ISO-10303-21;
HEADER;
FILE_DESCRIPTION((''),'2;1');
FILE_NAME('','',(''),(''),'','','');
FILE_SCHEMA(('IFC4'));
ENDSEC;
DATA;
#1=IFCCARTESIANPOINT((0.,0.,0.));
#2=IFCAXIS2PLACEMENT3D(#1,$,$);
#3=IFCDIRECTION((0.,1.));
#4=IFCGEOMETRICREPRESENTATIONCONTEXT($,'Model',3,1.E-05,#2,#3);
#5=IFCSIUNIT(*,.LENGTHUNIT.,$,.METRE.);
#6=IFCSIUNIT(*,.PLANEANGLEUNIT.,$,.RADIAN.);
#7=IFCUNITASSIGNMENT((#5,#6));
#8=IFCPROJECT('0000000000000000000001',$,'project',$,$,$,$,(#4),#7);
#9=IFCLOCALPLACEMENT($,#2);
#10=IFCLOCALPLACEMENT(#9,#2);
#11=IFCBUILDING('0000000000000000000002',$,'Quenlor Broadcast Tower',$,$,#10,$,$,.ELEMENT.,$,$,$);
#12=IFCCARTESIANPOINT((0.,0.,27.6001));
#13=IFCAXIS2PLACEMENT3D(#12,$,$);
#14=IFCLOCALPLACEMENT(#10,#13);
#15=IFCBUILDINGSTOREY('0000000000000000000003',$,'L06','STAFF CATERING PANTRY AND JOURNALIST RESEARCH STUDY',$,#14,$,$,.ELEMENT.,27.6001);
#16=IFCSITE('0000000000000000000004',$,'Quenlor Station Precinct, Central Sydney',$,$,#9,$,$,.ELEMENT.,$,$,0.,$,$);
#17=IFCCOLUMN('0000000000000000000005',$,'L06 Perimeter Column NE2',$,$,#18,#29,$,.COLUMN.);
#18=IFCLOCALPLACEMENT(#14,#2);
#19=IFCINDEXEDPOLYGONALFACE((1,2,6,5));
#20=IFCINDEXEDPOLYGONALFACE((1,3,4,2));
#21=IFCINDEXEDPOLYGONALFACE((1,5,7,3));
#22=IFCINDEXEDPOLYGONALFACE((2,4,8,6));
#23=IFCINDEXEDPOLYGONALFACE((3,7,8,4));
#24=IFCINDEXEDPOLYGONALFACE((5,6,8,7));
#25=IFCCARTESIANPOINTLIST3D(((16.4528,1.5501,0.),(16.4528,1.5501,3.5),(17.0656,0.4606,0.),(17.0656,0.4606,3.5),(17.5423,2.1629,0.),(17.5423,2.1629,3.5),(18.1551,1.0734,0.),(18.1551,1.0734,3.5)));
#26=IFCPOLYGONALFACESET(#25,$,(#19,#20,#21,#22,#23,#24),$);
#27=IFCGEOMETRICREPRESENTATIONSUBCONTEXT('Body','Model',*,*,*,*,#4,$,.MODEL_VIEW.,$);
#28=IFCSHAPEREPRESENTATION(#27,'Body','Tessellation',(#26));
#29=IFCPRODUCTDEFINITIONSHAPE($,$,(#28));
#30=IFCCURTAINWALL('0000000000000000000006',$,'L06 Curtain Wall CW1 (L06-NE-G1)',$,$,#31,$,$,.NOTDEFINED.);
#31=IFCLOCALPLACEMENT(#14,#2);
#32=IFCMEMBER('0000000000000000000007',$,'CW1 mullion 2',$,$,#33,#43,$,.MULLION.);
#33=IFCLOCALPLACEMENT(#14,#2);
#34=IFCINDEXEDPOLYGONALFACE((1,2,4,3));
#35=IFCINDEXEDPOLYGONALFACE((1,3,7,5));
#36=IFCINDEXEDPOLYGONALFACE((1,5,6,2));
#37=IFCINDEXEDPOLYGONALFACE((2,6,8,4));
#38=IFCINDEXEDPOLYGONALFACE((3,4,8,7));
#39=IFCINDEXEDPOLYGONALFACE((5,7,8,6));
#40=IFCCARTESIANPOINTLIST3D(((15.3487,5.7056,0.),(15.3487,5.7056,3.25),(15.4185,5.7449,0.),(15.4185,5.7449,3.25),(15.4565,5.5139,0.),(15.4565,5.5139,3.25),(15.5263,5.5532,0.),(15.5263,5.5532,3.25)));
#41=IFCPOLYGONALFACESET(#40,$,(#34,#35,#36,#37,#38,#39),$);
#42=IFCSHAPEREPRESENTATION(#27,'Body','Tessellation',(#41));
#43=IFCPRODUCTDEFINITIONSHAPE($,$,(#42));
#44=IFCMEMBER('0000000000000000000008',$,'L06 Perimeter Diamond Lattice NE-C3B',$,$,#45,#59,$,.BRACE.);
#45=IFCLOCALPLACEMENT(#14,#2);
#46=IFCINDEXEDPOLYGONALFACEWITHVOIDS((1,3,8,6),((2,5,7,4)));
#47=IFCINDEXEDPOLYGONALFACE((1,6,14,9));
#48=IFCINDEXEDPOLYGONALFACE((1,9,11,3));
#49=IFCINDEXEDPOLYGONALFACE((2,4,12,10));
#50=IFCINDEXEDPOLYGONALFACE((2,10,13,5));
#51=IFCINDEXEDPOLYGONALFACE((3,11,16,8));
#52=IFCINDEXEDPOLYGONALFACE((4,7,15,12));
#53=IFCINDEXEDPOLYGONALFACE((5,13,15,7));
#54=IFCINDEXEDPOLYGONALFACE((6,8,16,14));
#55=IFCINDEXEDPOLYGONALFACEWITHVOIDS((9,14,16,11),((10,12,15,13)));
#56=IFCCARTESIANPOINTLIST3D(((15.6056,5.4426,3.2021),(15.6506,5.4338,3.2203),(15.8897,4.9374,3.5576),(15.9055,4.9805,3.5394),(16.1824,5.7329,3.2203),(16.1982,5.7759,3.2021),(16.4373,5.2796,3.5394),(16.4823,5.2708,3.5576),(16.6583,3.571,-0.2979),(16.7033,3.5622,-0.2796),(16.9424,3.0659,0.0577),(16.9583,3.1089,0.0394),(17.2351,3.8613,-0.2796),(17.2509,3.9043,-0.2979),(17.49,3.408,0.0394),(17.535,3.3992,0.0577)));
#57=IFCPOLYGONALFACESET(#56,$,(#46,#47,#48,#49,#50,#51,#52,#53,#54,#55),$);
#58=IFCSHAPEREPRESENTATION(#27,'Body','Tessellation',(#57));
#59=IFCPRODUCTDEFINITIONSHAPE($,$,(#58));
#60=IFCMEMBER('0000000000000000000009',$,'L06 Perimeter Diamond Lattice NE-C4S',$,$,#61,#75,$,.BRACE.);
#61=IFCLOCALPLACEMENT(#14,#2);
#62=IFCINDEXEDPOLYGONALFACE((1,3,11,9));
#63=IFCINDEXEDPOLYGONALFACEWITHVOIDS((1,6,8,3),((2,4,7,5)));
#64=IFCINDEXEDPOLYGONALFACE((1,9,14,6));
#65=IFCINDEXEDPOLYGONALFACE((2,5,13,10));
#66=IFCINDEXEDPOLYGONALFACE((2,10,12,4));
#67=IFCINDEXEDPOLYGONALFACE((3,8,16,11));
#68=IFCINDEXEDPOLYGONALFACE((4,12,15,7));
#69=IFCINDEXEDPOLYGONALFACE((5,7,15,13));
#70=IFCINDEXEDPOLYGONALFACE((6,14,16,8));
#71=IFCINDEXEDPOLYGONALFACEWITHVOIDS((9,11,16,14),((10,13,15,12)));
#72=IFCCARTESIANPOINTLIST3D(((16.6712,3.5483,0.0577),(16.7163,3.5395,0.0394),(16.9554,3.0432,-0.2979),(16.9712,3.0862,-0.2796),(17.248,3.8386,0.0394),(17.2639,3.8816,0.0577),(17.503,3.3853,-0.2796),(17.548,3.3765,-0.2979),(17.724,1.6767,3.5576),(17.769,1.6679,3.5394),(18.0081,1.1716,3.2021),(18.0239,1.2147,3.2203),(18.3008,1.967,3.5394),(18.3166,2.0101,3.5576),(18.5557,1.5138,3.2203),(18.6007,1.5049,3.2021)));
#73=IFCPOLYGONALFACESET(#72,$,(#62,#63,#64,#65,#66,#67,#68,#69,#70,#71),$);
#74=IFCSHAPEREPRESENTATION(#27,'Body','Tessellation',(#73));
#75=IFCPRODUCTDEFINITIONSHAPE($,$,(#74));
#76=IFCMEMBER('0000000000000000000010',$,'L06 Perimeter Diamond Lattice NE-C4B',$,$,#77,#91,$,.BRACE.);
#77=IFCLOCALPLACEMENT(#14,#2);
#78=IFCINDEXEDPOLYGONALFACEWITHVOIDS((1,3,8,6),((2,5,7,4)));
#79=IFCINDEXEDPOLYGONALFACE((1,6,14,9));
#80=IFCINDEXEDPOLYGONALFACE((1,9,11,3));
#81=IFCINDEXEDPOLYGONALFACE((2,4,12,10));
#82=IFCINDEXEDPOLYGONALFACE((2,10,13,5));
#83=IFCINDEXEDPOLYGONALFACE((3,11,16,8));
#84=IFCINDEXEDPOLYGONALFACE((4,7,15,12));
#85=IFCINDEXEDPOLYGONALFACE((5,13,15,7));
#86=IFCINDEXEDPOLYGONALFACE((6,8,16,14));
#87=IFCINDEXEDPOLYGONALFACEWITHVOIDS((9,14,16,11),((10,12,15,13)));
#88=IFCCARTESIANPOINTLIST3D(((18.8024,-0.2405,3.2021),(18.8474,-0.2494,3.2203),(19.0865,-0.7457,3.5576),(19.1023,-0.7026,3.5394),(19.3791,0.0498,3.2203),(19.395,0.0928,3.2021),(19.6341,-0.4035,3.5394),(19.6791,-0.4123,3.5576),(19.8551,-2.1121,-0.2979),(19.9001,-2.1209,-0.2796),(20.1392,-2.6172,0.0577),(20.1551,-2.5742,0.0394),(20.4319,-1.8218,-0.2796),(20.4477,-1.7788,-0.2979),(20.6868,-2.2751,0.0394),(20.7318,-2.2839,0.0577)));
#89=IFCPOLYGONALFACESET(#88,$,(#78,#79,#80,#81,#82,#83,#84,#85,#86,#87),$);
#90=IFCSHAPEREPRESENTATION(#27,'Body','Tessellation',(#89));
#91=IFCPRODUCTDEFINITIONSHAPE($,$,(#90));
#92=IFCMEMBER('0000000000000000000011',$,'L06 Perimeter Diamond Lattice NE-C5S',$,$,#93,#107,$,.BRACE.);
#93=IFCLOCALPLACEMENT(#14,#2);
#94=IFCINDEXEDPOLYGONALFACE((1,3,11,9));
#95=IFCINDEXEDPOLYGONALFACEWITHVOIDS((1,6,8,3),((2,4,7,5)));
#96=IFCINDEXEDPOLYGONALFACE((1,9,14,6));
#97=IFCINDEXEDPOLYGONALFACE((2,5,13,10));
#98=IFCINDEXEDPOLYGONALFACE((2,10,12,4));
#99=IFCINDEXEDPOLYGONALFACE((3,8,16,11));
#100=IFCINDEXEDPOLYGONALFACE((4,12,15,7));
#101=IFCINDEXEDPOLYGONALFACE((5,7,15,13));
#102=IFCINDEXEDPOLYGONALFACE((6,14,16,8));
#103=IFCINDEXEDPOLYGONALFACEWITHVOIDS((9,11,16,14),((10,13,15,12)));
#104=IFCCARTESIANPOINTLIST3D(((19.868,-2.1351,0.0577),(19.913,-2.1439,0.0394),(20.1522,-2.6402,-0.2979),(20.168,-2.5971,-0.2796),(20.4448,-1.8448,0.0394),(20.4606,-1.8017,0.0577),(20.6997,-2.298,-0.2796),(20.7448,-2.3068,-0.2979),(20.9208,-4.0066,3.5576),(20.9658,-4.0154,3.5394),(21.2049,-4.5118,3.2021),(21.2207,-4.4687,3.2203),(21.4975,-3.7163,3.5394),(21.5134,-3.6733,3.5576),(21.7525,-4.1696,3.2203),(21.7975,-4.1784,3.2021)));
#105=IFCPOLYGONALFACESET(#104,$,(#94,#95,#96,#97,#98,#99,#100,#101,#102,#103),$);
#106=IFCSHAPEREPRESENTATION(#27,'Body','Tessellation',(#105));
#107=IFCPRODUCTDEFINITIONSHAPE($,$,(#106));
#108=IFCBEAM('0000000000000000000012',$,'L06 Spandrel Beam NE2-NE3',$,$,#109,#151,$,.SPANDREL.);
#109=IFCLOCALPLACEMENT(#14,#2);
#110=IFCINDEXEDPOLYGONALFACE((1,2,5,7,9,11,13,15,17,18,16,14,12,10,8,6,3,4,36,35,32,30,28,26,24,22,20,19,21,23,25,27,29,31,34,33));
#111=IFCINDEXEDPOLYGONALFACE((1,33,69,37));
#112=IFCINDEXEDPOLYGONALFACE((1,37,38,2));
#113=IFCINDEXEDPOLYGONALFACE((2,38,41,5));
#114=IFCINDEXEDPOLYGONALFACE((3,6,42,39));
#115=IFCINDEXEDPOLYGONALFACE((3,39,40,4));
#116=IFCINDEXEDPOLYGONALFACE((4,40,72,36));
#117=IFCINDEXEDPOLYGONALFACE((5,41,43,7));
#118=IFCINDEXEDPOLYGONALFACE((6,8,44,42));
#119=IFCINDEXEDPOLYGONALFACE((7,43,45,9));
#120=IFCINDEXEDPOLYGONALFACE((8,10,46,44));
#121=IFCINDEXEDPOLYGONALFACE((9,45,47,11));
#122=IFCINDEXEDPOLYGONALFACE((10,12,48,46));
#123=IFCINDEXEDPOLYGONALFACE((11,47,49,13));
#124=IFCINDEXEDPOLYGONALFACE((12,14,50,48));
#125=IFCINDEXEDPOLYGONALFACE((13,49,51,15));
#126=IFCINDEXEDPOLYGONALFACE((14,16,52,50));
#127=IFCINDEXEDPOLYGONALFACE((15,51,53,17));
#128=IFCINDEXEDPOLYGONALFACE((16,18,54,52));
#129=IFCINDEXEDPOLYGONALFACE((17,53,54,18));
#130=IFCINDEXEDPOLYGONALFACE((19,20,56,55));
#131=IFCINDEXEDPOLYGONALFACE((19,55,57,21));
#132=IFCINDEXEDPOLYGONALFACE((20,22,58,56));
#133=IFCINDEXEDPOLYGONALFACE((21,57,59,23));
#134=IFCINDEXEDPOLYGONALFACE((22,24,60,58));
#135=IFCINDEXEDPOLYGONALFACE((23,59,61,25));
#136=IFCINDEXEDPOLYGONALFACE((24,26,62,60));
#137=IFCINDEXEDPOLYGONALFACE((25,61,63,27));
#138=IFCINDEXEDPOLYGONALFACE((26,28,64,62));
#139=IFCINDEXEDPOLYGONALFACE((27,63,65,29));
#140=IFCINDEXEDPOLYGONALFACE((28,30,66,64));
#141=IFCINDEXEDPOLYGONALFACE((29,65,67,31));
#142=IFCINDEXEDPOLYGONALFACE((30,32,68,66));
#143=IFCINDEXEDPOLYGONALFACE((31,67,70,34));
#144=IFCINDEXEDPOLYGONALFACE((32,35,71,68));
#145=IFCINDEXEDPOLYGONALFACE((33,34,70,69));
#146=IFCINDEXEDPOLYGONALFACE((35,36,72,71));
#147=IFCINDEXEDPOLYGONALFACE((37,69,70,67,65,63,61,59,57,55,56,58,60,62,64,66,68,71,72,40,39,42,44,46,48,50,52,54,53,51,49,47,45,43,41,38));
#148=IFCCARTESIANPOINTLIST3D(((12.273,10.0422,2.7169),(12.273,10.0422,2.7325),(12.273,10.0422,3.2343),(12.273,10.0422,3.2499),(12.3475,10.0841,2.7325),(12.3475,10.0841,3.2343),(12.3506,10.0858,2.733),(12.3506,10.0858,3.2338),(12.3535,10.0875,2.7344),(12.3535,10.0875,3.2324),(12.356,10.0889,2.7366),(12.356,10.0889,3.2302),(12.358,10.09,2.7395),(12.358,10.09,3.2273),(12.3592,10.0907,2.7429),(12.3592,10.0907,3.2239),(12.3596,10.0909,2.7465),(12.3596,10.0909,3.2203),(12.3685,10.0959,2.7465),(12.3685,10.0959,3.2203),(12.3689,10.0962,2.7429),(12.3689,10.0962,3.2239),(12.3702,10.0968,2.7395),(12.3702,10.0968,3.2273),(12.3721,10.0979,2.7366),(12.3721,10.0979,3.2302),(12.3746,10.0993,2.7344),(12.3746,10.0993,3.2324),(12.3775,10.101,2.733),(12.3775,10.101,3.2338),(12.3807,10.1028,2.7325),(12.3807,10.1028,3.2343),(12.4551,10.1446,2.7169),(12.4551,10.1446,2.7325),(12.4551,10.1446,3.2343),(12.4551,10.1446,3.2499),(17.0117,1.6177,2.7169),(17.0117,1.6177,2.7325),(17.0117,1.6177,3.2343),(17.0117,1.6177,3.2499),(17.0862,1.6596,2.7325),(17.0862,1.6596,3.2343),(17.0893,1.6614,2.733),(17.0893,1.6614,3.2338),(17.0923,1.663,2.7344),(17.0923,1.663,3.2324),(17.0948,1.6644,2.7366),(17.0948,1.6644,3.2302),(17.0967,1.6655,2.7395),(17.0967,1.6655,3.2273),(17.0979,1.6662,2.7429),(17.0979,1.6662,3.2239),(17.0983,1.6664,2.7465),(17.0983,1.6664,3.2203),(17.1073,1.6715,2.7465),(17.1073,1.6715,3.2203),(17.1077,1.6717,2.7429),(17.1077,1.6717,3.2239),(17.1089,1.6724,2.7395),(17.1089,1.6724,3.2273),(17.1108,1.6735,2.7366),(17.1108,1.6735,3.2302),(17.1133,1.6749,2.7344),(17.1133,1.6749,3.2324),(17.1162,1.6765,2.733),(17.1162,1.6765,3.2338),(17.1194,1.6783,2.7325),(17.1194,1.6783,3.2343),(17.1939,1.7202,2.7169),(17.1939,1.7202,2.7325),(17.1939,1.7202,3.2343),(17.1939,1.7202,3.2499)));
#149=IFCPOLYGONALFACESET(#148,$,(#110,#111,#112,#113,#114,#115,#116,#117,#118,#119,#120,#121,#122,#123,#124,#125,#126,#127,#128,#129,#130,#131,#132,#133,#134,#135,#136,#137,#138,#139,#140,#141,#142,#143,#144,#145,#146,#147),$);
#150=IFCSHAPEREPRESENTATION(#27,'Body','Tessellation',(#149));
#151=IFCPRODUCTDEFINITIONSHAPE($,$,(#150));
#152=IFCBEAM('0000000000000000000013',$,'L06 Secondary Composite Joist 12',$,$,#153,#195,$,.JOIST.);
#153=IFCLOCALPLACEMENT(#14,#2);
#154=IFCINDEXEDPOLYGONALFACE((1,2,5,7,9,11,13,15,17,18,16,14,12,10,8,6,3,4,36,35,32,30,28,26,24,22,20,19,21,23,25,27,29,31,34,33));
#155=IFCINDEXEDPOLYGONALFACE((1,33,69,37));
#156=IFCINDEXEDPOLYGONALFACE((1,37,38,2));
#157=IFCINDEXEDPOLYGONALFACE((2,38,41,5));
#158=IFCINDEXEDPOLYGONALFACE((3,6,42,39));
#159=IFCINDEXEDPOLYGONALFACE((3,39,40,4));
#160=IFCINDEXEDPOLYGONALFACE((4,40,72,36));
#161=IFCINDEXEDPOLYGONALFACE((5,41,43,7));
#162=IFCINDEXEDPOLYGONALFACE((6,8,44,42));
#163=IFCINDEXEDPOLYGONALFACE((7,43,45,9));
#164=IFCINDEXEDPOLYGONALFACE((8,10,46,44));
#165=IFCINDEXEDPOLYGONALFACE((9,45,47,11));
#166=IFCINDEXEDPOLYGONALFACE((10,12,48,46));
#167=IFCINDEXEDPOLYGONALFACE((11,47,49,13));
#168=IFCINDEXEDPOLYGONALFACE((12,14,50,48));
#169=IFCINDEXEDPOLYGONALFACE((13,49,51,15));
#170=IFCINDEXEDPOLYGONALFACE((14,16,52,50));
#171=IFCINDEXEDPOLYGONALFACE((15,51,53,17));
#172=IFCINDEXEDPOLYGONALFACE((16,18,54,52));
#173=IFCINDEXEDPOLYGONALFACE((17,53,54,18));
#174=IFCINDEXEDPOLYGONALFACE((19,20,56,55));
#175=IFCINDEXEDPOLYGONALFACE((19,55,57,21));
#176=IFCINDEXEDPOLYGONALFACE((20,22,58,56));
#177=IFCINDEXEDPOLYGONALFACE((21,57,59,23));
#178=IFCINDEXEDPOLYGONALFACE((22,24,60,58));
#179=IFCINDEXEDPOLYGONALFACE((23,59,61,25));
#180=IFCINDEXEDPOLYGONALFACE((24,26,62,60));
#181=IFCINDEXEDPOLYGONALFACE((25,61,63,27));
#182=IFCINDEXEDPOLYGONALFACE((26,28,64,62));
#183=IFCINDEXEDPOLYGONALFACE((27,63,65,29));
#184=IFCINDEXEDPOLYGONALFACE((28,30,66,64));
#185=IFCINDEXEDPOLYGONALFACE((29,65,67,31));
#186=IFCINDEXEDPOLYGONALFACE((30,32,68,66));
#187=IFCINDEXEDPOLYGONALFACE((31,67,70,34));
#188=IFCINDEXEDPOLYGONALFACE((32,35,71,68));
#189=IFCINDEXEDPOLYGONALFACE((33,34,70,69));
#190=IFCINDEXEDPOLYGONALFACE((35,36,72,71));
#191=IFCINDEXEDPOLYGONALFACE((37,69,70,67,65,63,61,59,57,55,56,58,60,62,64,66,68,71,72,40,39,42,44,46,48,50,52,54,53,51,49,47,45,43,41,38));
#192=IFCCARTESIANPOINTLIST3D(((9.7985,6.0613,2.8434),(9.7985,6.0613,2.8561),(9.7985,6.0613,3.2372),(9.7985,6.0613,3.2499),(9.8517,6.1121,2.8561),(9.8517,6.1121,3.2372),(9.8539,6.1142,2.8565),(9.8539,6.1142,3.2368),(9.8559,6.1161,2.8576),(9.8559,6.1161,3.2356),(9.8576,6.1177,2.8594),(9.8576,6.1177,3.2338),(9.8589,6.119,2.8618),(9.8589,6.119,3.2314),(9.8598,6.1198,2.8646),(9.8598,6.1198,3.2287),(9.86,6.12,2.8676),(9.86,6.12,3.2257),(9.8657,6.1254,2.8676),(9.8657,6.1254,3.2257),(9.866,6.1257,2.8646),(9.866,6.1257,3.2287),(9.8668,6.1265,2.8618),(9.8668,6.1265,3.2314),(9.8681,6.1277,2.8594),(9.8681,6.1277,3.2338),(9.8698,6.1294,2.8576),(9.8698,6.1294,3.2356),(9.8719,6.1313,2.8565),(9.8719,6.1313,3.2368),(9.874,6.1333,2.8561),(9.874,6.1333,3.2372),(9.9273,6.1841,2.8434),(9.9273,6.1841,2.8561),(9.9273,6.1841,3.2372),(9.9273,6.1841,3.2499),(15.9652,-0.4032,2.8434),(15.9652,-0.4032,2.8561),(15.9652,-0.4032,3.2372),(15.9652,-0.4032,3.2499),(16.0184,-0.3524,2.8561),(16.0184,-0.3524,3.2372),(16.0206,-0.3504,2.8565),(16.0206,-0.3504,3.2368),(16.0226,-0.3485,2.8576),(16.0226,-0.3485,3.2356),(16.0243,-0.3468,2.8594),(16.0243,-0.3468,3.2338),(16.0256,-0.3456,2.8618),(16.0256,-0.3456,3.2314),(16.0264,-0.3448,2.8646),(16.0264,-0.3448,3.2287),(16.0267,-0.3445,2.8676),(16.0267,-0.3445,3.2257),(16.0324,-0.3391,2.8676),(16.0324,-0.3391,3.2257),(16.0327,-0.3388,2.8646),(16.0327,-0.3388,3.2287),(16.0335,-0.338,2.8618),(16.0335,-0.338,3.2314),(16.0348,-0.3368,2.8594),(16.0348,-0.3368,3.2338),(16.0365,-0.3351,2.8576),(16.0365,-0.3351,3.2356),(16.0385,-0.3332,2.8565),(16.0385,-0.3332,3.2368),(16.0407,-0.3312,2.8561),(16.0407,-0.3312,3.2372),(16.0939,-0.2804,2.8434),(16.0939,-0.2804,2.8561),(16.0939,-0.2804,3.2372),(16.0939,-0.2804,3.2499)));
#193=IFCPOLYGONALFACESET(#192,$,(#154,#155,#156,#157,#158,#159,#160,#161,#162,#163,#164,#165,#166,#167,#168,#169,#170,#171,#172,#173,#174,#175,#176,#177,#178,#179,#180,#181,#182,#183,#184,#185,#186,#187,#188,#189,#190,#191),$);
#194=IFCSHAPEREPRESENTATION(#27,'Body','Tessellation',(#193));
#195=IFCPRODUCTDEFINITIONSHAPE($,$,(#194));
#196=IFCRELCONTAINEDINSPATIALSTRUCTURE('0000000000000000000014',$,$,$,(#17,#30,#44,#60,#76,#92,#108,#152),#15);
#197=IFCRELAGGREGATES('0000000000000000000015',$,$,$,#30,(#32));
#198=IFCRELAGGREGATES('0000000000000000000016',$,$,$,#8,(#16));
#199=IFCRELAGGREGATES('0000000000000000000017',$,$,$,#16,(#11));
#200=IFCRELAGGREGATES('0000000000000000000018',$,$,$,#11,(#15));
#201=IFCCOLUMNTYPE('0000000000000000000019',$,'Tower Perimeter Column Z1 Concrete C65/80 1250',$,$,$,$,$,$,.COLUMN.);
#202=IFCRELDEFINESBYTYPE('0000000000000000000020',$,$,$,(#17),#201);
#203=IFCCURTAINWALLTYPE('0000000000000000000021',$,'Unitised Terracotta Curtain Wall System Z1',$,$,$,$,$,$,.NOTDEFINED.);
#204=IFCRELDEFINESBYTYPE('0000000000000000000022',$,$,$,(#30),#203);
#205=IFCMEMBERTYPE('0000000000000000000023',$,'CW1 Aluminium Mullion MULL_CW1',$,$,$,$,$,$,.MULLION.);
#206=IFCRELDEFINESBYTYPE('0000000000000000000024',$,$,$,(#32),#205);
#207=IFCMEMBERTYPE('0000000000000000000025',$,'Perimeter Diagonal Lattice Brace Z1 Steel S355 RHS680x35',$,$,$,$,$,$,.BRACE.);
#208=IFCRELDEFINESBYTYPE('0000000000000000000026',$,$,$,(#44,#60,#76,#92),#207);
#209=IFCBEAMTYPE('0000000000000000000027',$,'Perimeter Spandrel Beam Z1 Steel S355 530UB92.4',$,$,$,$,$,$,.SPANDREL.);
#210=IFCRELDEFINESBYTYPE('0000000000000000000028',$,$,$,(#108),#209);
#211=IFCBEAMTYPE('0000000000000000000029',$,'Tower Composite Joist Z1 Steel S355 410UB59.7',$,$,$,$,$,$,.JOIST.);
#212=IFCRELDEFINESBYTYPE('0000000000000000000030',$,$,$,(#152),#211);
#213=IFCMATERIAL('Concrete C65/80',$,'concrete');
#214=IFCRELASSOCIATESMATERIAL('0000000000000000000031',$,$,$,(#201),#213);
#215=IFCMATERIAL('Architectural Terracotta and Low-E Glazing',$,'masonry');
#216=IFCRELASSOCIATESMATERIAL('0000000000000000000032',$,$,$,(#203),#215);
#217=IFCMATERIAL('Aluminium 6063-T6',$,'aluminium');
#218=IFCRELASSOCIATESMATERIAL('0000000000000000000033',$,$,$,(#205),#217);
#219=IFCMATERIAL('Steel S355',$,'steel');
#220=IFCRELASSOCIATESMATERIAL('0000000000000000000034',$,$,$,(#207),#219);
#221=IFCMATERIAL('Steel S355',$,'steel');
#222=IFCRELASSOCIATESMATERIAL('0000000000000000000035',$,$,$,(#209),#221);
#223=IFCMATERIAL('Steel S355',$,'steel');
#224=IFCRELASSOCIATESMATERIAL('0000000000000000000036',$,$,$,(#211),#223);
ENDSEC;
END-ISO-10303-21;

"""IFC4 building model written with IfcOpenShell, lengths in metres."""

from ifc_helpers import new_model, si_unit, direction, frame, origin, origin_2d, place, context, subcontext, project, spatial, rectangle, hollow_rectangle, i_section, extrude, material, material_profile, profile_set, type_object, element, aggregate, save


model = new_model("IFC4")

# Units and contexts
model_context = context("Model", 3, precision=1e-05, world=origin(), true_north=direction((0.0, 1.0)))
body_context = subcontext(model_context, "Body", "Model", "MODEL_VIEW")
ifc_project = project(units=[si_unit("LENGTHUNIT", "METRE"), si_unit("PLANEANGLEUNIT", "RADIAN")], contexts=[model_context])

# Site, building, storey
site_placement = place(None, origin())
site = spatial("IfcSite", under=ifc_project, at=site_placement, Name="Quenlor Station Precinct, Central Sydney", CompositionType="ELEMENT", RefElevation=0.0)
building_placement = place(site_placement, origin())
building = spatial("IfcBuilding", under=site, at=building_placement, Name="Quenlor Broadcast Tower", CompositionType="ELEMENT")
storey_placement = place(building_placement, frame((0.0, 0.0, 27.6001)))
storey = spatial("IfcBuildingStorey", under=building, at=storey_placement, Name="L06", Description="STAFF CATERING PANTRY AND JOURNALIST RESEARCH STUDY", CompositionType="ELEMENT", Elevation=27.6001)

# Column
ifc_material_1 = material(Name="Concrete C65/80", Category="concrete")
ifc_material_profile_1 = material_profile(ifc_material_1, rectangle(XDim=1.25, YDim=1.25, at=origin_2d()))
ifc_profile_set_1 = profile_set([ifc_material_profile_1], Name="Concrete C65/80 RC1250x1250")
column_type = type_object("IfcColumnType", Name="Tower Perimeter Column Z1 Concrete C65/80 1250", PredefinedType="COLUMN", material=ifc_profile_set_1)
column_placement = place(storey_placement, frame((17.304, 1.3118, 0.0), z_axis=(0.0, 0.0, 1.0), x_axis=(0.871575, 0.490262, 0.0)))
element("IfcColumn", 1, at=column_placement, inside=storey, type_object=column_type, Name="L06 Perimeter Column NE2", PredefinedType="COLUMN", context=body_context, shape_type="SweptSolid", body=[
    extrude(rectangle(XDim=1.25, YDim=1.25, at=origin_2d()), origin(), (0.0, 0.0, 1.0), 3.5),
])

# Curtain wall, member
ifc_material_2 = material(Name="Architectural Terracotta and Low-E Glazing", Category="masonry")
curtain_wall_type = type_object("IfcCurtainWallType", Name="Unitised Terracotta Curtain Wall System Z1", PredefinedType="NOTDEFINED", material=ifc_material_2)
curtain_wall_placement = place(storey_placement, origin())
curtain_wall = element("IfcCurtainWall", 2, at=curtain_wall_placement, inside=storey, type_object=curtain_wall_type, Name="L06 Curtain Wall CW1 (L06-NE-G1)", PredefinedType="NOTDEFINED")
ifc_material_3 = material(Name="Aluminium 6063-T6", Category="aluminium")
ifc_material_profile_2 = material_profile(ifc_material_3, rectangle(XDim=0.0801, YDim=0.22, at=origin_2d()))
ifc_profile_set_2 = profile_set([ifc_material_profile_2], Name="Aluminium 6063-T6 MULL80x220")
member_type_1 = type_object("IfcMemberType", Name="CW1 Aluminium Mullion MULL_CW1", PredefinedType="MULLION", material=ifc_profile_set_2)
member_placement = place(storey_placement, frame((15.4375, 5.6294, 0.0), z_axis=(0.0, 0.0, 1.0), x_axis=(0.871567, 0.490277, 0.0)))
member = element("IfcMember", 3, at=member_placement, type_object=member_type_1, Name="CW1 mullion 2", PredefinedType="MULLION", context=body_context, shape_type="SweptSolid", body=[
    extrude(rectangle(XDim=0.0801, YDim=0.22, at=origin_2d()), origin(), (0.0, 0.0, 1.0), 3.25),
])

# Members
ifc_material_4 = material(Name="Steel S355", Category="steel")
ifc_material_profile_3 = material_profile(ifc_material_4, hollow_rectangle(XDim=0.6799, YDim=0.6799, WallThickness=0.0349, at=origin_2d()))
ifc_profile_set_3 = profile_set([ifc_material_profile_3], Name="Steel S355 RHS680x680x35")
member_type_2 = type_object("IfcMemberType", Name="Perimeter Diagonal Lattice Brace Z1 Steel S355 RHS680x35", PredefinedType="BRACE", material=ifc_profile_set_3)
for number, where, z_axis, x_axis, name in (
    (4, (17.0967, 3.4851, -0.1201), (-0.256375, 0.455792, 0.852365), (-0.871582, -0.49025, 0.0), "L06 Perimeter Diamond Lattice NE-C3B"),
    (5, (17.1096, 3.4624, -0.1201), (0.256375, -0.455792, 0.852365), (0.871582, 0.49025, 0.0), "L06 Perimeter Diamond Lattice NE-C4S"),
    (6, (20.2935, -2.198, -0.1201), (-0.256375, 0.455792, 0.852365), (-0.871582, -0.49025, 0.0), "L06 Perimeter Diamond Lattice NE-C4B"),
    (7, (20.3064, -2.2209, -0.1201), (0.256375, -0.455792, 0.852365), (0.871582, 0.49025, 0.0), "L06 Perimeter Diamond Lattice NE-C5S"),
):
    element("IfcMember", number, at=place(storey_placement, frame(where, z_axis=z_axis, x_axis=x_axis)), inside=storey, type_object=member_type_2, Name=name, PredefinedType="BRACE", context=body_context, shape_type="SweptSolid", body=[
        extrude(hollow_rectangle(XDim=0.6799, YDim=0.6799, WallThickness=0.0349, at=origin_2d()), origin(), (0.0, 0.0, 1.0), 4.1062),
    ])

# Beams
ifc_material_5 = material(Name="Steel S355", Category="steel")
ifc_material_profile_4 = material_profile(ifc_material_5, i_section(OverallWidth=0.209, OverallDepth=0.533, WebThickness=0.0103, FlangeThickness=0.0156, FilletRadius=0.0139, at=origin_2d()))
ifc_profile_set_4 = profile_set([ifc_material_profile_4], Name="Steel S355 530UB92.4")
beam_type_1 = type_object("IfcBeamType", Name="Perimeter Spandrel Beam Z1 Steel S355 530UB92.4", PredefinedType="SPANDREL", material=ifc_profile_set_4)
beam_1_placement = place(storey_placement, frame((17.1028, 1.6689, 2.9834), z_axis=(-0.490258, 0.871578, 0.0), x_axis=(-0.871578, -0.490258, 0.0)))
element("IfcBeam", 8, at=beam_1_placement, inside=storey, type_object=beam_type_1, Name="L06 Spandrel Beam NE2-NE3", PredefinedType="SPANDREL", context=body_context, shape_type="SweptSolid", body=[
    extrude(i_section(OverallWidth=0.209, OverallDepth=0.533, WebThickness=0.0103, FlangeThickness=0.0156, FilletRadius=0.0139, at=origin_2d()), origin(), (0.0, 0.0, 1.0), 9.6658),
])
ifc_material_6 = material(Name="Steel S355", Category="steel")
ifc_material_profile_5 = material_profile(ifc_material_6, i_section(OverallWidth=0.178, OverallDepth=0.4065, WebThickness=0.0078, FlangeThickness=0.0127, FilletRadius=0.0115, at=origin_2d()))
ifc_profile_set_5 = profile_set([ifc_material_profile_5], Name="Steel S355 410UB59.7")
beam_type_2 = type_object("IfcBeamType", Name="Tower Composite Joist Z1 Steel S355 410UB59.7", PredefinedType="JOIST", material=ifc_profile_set_5)
beam_2_placement = place(storey_placement, frame((16.0295, -0.3418, 3.0466), z_axis=(-0.690241, 0.723579, 0.0), x_axis=(-0.723579, -0.690241, 0.0)))
element("IfcBeam", 9, at=beam_2_placement, inside=storey, type_object=beam_type_2, Name="L06 Secondary Composite Joist 12", PredefinedType="JOIST", context=body_context, shape_type="SweptSolid", body=[
    extrude(i_section(OverallWidth=0.178, OverallDepth=0.4065, WebThickness=0.0078, FlangeThickness=0.0127, FilletRadius=0.0115, at=origin_2d()), origin(), (0.0, 0.0, 1.0), 8.9341),
])

aggregate(curtain_wall, [member])

save(model, "model.ifc")
